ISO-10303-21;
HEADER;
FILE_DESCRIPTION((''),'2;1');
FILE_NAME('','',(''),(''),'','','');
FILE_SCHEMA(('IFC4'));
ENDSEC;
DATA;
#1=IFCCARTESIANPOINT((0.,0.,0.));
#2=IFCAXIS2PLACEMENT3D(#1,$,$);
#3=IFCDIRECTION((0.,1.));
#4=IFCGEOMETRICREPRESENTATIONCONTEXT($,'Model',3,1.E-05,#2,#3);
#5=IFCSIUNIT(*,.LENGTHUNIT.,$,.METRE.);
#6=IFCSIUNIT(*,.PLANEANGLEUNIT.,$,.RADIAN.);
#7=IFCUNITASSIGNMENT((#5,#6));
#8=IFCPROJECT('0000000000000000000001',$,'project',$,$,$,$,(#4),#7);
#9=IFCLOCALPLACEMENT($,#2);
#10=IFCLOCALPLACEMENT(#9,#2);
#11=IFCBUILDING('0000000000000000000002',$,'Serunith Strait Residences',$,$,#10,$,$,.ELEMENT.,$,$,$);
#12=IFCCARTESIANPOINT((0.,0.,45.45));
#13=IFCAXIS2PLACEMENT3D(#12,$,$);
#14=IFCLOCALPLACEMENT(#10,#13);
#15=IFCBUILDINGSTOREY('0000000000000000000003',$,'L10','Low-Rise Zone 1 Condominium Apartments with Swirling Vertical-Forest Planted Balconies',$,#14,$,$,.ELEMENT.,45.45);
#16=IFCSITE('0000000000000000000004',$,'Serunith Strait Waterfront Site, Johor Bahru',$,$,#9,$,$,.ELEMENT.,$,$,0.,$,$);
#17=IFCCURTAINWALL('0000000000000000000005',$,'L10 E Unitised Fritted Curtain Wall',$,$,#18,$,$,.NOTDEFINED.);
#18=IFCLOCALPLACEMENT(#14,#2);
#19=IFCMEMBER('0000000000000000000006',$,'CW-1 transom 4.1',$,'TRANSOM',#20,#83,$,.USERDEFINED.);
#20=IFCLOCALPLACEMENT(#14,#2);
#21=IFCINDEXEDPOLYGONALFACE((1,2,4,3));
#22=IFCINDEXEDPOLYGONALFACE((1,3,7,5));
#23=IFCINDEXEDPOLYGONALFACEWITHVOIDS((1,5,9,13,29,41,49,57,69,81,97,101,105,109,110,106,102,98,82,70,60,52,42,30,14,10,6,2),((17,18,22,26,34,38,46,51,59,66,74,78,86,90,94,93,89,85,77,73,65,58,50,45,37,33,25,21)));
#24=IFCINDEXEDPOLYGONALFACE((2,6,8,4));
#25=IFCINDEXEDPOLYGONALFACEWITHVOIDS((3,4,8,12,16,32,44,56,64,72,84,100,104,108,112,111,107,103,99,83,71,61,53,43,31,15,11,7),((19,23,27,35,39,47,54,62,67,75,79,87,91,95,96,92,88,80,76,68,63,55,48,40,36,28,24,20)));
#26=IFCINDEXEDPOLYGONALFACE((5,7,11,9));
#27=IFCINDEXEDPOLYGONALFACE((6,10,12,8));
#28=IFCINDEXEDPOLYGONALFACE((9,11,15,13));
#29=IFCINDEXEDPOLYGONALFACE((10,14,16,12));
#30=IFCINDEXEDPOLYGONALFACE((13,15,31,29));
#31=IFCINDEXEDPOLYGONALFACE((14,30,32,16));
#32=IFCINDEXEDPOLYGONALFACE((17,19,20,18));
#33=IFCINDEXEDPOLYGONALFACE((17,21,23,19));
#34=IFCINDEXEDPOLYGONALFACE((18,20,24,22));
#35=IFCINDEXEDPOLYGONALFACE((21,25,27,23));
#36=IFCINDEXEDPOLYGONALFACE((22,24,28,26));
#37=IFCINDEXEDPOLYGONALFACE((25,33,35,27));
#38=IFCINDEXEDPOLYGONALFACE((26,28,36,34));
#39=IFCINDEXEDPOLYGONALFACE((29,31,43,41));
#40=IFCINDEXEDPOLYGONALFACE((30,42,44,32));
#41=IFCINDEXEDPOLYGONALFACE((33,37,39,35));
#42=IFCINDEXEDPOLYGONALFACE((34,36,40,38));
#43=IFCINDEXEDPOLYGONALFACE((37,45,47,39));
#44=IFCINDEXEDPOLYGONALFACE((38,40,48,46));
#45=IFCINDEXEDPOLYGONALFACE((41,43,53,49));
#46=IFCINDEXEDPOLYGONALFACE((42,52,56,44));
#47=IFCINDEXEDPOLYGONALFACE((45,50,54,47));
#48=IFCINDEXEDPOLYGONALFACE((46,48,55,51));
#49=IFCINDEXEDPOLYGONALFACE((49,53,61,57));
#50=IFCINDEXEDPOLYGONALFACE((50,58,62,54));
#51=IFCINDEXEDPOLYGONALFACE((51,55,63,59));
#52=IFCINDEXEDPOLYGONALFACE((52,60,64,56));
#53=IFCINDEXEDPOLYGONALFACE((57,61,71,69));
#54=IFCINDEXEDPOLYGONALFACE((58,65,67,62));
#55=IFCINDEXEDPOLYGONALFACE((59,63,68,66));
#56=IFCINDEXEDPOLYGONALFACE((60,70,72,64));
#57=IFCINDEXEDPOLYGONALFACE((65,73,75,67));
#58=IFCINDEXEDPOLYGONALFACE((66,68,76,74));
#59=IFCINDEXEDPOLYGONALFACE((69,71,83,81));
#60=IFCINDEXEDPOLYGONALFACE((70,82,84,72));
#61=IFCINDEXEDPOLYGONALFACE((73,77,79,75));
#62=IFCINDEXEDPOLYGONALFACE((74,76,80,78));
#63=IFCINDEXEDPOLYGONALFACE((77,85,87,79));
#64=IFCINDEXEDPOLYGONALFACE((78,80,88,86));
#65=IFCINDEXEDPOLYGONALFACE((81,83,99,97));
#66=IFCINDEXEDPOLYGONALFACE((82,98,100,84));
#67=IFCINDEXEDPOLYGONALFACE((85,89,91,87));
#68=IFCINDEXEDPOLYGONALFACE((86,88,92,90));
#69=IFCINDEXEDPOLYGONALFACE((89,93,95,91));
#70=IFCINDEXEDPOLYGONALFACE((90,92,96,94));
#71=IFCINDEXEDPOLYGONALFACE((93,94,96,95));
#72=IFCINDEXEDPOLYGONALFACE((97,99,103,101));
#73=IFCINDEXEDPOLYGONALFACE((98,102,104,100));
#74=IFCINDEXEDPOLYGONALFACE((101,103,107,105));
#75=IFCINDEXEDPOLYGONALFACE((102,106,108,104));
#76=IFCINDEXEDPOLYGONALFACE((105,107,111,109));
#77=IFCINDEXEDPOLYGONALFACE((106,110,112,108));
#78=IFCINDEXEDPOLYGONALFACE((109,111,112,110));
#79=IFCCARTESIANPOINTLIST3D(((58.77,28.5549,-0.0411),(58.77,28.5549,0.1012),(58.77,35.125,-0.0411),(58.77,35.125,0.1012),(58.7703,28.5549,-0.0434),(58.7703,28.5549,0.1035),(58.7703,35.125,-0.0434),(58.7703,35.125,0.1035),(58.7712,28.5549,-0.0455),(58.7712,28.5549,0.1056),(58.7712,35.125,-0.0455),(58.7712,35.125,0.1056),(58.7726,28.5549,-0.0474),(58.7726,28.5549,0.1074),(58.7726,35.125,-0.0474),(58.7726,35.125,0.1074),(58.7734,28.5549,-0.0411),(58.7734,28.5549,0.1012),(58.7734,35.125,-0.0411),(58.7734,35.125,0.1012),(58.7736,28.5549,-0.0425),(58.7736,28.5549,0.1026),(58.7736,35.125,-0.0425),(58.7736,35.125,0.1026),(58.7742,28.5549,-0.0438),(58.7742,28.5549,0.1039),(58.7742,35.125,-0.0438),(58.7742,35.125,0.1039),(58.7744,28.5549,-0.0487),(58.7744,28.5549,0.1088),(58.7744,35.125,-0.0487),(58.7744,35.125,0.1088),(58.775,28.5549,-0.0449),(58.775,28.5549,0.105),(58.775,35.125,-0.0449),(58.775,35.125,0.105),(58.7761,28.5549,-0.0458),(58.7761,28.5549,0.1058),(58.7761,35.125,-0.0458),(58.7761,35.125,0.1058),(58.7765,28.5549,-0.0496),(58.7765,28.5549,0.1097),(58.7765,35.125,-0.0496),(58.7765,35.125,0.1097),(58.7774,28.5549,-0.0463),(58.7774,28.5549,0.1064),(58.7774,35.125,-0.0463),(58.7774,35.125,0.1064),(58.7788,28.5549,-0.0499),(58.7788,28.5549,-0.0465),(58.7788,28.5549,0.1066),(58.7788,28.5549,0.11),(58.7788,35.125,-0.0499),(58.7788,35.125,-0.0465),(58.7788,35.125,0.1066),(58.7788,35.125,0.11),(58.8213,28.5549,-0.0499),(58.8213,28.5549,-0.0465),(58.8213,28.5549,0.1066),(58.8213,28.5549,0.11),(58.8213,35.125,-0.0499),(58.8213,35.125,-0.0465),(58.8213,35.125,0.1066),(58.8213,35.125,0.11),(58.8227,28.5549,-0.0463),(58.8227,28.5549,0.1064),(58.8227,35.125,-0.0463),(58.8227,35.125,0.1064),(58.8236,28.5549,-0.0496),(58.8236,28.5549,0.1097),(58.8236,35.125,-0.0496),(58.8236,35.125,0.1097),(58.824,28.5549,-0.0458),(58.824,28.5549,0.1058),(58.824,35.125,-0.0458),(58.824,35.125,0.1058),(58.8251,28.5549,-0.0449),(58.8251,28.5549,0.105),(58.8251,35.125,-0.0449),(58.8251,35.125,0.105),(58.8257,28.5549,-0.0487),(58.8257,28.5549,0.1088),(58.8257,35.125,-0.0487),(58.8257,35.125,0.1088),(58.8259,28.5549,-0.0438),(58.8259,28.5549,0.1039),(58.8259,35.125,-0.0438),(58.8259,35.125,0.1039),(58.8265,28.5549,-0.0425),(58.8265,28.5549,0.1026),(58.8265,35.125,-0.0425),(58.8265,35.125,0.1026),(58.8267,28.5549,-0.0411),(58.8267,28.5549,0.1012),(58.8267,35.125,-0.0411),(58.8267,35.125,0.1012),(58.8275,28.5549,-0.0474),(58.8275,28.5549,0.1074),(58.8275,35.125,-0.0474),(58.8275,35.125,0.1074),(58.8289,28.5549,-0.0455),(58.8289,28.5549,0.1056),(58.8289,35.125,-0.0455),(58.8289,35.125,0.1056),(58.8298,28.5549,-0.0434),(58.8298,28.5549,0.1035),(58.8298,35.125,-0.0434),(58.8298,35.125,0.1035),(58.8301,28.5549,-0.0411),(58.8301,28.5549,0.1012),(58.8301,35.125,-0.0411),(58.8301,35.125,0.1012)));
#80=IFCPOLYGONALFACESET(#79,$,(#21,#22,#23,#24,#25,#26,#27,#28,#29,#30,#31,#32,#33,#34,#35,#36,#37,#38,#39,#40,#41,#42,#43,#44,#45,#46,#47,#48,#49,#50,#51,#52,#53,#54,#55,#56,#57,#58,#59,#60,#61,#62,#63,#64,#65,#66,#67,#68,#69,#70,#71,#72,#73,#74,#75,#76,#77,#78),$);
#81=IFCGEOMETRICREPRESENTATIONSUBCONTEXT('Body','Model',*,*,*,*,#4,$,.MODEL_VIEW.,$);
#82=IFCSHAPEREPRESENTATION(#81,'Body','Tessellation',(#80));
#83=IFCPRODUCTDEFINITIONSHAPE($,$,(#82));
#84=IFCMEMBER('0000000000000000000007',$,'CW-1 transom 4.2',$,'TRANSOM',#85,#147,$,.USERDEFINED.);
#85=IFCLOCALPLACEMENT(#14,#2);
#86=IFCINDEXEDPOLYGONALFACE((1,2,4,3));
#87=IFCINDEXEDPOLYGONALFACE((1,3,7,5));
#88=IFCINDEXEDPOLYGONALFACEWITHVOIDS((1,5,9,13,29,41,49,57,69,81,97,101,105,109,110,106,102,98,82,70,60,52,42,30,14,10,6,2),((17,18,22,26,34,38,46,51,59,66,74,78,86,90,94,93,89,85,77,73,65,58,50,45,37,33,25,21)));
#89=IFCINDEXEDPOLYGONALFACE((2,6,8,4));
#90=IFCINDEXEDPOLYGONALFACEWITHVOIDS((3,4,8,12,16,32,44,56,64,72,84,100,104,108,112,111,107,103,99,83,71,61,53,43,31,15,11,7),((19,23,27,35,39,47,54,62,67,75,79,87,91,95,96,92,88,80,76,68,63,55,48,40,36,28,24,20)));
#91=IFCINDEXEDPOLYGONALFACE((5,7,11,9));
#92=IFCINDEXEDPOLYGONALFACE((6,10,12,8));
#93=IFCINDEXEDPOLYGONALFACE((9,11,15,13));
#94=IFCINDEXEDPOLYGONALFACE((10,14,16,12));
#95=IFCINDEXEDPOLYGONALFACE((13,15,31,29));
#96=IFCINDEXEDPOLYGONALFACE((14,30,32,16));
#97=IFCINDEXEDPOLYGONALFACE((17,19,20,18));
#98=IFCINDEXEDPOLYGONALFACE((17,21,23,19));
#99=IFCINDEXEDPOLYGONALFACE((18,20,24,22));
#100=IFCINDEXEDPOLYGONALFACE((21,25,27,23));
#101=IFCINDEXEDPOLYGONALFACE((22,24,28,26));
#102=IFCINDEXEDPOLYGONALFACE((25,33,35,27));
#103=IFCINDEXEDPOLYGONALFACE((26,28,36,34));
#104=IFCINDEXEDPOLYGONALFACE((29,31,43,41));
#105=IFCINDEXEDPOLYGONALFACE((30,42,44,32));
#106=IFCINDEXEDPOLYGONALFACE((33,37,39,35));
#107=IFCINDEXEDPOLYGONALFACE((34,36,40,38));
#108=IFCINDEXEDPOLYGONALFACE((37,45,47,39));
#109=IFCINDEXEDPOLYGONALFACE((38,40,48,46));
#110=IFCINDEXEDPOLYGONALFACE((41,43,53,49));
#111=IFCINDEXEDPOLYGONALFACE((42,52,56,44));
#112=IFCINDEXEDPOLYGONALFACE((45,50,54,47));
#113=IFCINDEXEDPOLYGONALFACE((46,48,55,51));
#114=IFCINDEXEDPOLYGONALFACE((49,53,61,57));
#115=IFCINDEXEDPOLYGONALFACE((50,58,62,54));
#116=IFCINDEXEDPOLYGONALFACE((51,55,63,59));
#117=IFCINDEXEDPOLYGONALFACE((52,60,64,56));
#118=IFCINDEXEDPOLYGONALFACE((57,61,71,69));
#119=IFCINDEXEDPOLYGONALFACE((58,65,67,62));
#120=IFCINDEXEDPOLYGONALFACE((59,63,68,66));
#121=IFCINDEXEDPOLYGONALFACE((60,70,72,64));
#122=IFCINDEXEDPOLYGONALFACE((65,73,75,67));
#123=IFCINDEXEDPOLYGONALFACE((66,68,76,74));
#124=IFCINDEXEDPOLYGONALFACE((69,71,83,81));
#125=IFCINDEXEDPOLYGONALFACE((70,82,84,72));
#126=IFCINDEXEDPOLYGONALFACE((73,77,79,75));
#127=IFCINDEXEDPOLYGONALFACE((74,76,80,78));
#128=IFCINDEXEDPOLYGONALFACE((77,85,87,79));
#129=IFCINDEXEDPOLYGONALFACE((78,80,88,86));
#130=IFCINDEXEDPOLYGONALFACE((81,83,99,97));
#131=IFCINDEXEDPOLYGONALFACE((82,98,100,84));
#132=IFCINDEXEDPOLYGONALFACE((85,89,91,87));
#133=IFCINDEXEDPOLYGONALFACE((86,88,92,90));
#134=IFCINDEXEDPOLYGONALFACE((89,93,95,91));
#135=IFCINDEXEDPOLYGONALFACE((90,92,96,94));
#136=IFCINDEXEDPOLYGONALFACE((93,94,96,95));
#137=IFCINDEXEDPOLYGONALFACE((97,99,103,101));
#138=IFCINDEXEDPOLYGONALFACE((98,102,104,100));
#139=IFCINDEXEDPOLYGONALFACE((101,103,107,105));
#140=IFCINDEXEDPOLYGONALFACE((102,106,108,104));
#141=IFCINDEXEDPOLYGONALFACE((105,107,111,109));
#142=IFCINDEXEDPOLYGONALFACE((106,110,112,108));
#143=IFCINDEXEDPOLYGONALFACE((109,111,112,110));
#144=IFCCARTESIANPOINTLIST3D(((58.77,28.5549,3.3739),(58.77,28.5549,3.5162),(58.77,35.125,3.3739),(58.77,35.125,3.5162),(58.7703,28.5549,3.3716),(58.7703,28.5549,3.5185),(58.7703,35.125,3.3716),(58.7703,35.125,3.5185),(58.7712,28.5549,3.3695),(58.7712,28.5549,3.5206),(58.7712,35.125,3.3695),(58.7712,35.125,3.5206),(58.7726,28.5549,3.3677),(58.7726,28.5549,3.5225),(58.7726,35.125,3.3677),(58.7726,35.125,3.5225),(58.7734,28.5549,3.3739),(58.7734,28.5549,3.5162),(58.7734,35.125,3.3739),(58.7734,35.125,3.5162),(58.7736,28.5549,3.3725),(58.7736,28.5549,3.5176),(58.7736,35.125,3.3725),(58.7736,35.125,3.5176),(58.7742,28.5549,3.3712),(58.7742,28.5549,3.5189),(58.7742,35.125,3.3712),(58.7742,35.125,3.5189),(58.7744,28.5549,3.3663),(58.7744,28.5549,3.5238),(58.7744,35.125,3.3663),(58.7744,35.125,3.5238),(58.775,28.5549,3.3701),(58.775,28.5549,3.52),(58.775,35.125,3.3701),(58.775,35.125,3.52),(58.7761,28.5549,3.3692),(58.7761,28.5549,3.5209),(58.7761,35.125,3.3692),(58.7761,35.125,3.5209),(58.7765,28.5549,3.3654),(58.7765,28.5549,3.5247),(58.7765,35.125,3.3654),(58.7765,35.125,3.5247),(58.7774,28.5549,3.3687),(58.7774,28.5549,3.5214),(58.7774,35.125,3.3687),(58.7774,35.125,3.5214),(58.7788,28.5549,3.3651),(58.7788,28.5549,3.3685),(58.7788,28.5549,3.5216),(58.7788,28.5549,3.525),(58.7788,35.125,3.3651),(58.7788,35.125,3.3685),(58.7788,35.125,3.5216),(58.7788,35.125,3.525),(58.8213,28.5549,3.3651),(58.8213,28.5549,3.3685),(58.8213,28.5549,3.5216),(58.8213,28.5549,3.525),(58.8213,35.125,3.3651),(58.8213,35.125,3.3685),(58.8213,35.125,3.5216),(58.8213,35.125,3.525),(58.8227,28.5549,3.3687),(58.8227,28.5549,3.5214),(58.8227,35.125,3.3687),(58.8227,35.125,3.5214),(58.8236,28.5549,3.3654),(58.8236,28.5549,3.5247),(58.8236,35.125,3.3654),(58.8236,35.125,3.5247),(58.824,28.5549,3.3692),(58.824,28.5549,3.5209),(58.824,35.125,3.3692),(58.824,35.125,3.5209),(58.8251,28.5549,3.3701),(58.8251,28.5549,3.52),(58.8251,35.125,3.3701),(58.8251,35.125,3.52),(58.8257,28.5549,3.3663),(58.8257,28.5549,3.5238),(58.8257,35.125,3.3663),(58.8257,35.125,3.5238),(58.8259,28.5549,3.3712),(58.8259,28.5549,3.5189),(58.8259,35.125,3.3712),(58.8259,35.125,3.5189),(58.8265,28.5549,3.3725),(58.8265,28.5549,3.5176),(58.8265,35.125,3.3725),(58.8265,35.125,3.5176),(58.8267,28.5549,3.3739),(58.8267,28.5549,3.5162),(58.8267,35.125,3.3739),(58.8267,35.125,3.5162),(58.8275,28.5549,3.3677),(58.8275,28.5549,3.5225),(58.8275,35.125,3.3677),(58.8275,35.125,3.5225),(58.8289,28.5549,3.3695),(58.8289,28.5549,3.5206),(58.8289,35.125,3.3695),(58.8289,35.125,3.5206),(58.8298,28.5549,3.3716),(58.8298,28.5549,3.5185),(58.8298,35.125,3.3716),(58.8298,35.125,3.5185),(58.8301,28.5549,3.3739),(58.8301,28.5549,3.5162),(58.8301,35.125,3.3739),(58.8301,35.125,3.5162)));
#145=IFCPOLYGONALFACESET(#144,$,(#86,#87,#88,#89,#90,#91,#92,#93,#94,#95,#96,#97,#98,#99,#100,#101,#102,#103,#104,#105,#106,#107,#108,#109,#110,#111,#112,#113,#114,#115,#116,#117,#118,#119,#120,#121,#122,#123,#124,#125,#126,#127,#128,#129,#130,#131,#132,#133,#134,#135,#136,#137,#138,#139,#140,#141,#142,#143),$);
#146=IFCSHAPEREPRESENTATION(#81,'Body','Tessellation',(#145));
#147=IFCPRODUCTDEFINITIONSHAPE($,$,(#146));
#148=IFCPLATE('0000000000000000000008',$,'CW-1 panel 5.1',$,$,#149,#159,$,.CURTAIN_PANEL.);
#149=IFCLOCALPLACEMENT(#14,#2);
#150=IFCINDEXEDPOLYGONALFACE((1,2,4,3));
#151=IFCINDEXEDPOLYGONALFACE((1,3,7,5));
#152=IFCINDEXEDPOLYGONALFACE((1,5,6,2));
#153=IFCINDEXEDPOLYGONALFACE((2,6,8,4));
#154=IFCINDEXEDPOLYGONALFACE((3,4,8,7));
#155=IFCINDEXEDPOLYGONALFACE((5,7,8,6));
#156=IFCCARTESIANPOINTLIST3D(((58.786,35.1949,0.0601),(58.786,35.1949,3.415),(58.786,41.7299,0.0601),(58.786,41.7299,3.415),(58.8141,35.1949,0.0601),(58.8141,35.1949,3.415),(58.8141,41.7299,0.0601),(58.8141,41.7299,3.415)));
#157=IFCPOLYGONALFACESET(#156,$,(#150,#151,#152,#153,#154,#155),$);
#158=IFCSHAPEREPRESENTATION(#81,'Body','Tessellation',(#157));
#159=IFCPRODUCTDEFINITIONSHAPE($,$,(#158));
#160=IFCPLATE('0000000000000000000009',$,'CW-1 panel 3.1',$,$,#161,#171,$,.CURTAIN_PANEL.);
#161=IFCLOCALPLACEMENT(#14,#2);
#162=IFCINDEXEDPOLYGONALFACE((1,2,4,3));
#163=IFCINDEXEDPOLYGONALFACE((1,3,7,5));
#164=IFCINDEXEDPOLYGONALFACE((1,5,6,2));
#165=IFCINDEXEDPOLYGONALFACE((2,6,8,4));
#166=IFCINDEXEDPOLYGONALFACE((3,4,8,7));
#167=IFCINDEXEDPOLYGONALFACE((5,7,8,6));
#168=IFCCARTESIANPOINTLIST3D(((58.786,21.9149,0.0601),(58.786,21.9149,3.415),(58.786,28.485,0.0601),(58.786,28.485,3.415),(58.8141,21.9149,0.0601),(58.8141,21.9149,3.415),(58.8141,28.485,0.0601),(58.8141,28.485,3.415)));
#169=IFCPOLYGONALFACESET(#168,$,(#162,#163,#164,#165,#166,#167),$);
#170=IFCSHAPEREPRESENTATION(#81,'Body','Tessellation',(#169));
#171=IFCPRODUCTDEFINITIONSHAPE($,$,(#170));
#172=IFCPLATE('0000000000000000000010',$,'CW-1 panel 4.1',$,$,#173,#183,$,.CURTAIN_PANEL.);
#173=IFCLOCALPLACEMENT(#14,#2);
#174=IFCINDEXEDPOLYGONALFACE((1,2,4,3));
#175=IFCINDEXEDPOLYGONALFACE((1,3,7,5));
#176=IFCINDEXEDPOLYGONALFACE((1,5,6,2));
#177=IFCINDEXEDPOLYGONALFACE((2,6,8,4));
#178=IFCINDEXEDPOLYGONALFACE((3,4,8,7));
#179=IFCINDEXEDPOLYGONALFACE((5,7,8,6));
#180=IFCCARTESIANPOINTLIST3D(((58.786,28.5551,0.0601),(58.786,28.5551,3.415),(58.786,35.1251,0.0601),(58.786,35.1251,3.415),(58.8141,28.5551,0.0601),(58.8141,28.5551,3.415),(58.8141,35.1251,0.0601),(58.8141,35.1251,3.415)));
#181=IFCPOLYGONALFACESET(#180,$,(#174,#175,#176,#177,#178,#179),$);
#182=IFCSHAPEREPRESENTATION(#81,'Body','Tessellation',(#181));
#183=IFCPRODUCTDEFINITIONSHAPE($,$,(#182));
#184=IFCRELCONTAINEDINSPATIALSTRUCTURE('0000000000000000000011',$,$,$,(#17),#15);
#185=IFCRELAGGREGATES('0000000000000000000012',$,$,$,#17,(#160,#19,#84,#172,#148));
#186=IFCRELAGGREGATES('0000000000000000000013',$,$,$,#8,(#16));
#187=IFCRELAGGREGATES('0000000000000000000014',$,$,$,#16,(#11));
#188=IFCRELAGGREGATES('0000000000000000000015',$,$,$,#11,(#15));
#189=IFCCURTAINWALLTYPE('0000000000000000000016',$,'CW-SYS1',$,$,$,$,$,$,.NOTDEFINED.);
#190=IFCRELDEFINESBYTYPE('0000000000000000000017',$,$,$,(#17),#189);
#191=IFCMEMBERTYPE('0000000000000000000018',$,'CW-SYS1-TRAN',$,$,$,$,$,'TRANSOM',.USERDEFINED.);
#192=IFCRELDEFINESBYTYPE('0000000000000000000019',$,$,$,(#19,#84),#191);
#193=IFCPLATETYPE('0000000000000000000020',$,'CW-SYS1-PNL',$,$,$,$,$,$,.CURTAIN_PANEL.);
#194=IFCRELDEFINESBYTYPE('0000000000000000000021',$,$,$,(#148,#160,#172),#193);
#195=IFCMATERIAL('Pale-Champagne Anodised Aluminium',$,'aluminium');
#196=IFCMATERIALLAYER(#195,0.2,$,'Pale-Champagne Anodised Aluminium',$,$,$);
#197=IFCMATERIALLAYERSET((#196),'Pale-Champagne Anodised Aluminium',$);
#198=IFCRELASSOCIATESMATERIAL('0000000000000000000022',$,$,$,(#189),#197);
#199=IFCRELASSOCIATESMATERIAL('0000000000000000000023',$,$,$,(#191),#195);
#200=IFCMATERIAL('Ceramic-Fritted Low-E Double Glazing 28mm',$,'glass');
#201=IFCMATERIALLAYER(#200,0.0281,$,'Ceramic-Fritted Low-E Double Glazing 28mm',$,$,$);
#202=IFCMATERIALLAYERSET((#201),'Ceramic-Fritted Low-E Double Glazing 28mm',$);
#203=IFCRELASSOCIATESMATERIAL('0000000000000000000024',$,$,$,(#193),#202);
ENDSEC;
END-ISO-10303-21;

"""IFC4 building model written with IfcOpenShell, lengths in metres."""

from ifc_helpers import new_model, si_unit, direction, frame, origin, origin_2d, place, context, subcontext, project, spatial, rectangle, hollow_rectangle, extrude, source, transform, mapped, material, layer, layer_set, material_profile, profile_set, type_object, element, aggregate, save


model = new_model("IFC4")

# Units and contexts
model_context = context("Model", 3, precision=1e-05, world=origin(), true_north=direction((0.0, 1.0)))
body_context = subcontext(model_context, "Body", "Model", "MODEL_VIEW")
ifc_project = project(units=[si_unit("LENGTHUNIT", "METRE"), si_unit("PLANEANGLEUNIT", "RADIAN")], contexts=[model_context])

# Site, building, storey
site_placement = place(None, origin())
site = spatial("IfcSite", under=ifc_project, at=site_placement, Name="Serunith Strait Waterfront Site, Johor Bahru", CompositionType="ELEMENT", RefElevation=0.0)
building_placement = place(site_placement, origin())
building = spatial("IfcBuilding", under=site, at=building_placement, Name="Serunith Strait Residences", CompositionType="ELEMENT")
storey_placement = place(building_placement, frame((0.0, 0.0, 45.45)))
storey = spatial("IfcBuildingStorey", under=building, at=storey_placement, Name="L10", Description="Low-Rise Zone 1 Condominium Apartments with Swirling Vertical-Forest Planted Balconies", CompositionType="ELEMENT", Elevation=45.45)

# Curtain wall, members, plates
ifc_material_1 = material(Name="Pale-Champagne Anodised Aluminium", Category="aluminium")
ifc_layer_1 = layer(ifc_material_1, 0.2, Name="Pale-Champagne Anodised Aluminium")
ifc_layer_set_1 = layer_set([ifc_layer_1], Name="Pale-Champagne Anodised Aluminium")
curtain_wall_type = type_object("IfcCurtainWallType", Name="CW-SYS1", PredefinedType="NOTDEFINED", material=ifc_layer_set_1)
curtain_wall_placement = place(storey_placement, origin())
curtain_wall = element("IfcCurtainWall", 1, at=curtain_wall_placement, inside=storey, type_object=curtain_wall_type, Name="L10 E Unitised Fritted Curtain Wall", PredefinedType="NOTDEFINED")
ifc_material_profile_1 = material_profile(ifc_material_1, hollow_rectangle(XDim=0.0601, YDim=0.1599, WallThickness=0.0034, InnerFilletRadius=0.0054, OuterFilletRadius=0.0088, at=origin_2d()), Name="ALU 160x60x3.5")
ifc_profile_set_1 = profile_set([ifc_material_profile_1], Name="Pale-Champagne Anodised Aluminium")
member_type_1 = type_object("IfcMemberType", Name="CW-SYS1-TRAN", ElementType="TRANSOM", PredefinedType="USERDEFINED", material=ifc_profile_set_1)
shared_shape_1 = source(origin(), body_context, "Body", "SweptSolid", [
    extrude(hollow_rectangle(XDim=0.0601, YDim=0.1599, WallThickness=0.0034, InnerFilletRadius=0.0054, OuterFilletRadius=0.0088, at=origin_2d()), origin(), (0.0, 0.0, 1.0), 6.5701),
])
member_1_placement = place(storey_placement, frame((58.8, 28.5549, 0.03), z_axis=(0.0, 1.0, 0.0), x_axis=(-1.0, 0.0, 0.0)))
member_1 = element("IfcMember", 2, at=member_1_placement, type_object=member_type_1, Name="CW-1 transom 4.1", ObjectType="TRANSOM", PredefinedType="USERDEFINED", context=body_context, shape_type="MappedRepresentation", body=[
    mapped(shared_shape_1, transform((0.0, 0.0, 0.0), scale=1.0)),
])
member_2_placement = place(storey_placement, frame((58.8, 28.5549, 3.4451), z_axis=(0.0, 1.0, 0.0), x_axis=(-1.0, 0.0, 0.0)))
member_2 = element("IfcMember", 3, at=member_2_placement, type_object=member_type_1, Name="CW-1 transom 4.2", ObjectType="TRANSOM", PredefinedType="USERDEFINED", context=body_context, shape_type="MappedRepresentation", body=[
    mapped(shared_shape_1, transform((0.0, 0.0, 0.0), scale=1.0)),
])
ifc_material_2 = material(Name="Ceramic-Fritted Low-E Double Glazing 28mm", Category="glass")
ifc_layer_2 = layer(ifc_material_2, 0.0281, Name="Ceramic-Fritted Low-E Double Glazing 28mm")
ifc_layer_set_2 = layer_set([ifc_layer_2], Name="Ceramic-Fritted Low-E Double Glazing 28mm")
plate_type = type_object("IfcPlateType", Name="CW-SYS1-PNL", PredefinedType="CURTAIN_PANEL", material=ifc_layer_set_2)
shared_shape_2 = source(origin(), body_context, "Body", "SweptSolid", [
    extrude(rectangle(XDim=6.5349, YDim=0.0281, at=origin_2d()), origin(), (0.0, 0.0, 1.0), 3.355),
])
plate_1_placement = place(storey_placement, frame((58.8, 38.4624, 0.0601), z_axis=(0.0, 0.0, 1.0), x_axis=(0.0, 1.0, 0.0)))
plate_1 = element("IfcPlate", 4, at=plate_1_placement, type_object=plate_type, Name="CW-1 panel 5.1", PredefinedType="CURTAIN_PANEL", context=body_context, shape_type="MappedRepresentation", body=[
    mapped(shared_shape_2, transform((0.0, 0.0, 0.0), scale=1.0)),
])
shared_shape_3 = source(origin(), body_context, "Body", "SweptSolid", [
    extrude(rectangle(XDim=6.5701, YDim=0.0281, at=origin_2d()), origin(), (0.0, 0.0, 1.0), 3.355),
])
plate_2_placement = place(storey_placement, frame((58.8, 25.2, 0.0601), z_axis=(0.0, 0.0, 1.0), x_axis=(0.0, 1.0, 0.0)))
plate_2 = element("IfcPlate", 5, at=plate_2_placement, type_object=plate_type, Name="CW-1 panel 3.1", PredefinedType="CURTAIN_PANEL", context=body_context, shape_type="MappedRepresentation", body=[
    mapped(shared_shape_3, transform((0.0, 0.0, 0.0), scale=1.0)),
])
plate_3_placement = place(storey_placement, frame((58.8, 31.8401, 0.0601), z_axis=(0.0, 0.0, 1.0), x_axis=(0.0, 1.0, 0.0)))
plate_3 = element("IfcPlate", 6, at=plate_3_placement, type_object=plate_type, Name="CW-1 panel 4.1", PredefinedType="CURTAIN_PANEL", context=body_context, shape_type="MappedRepresentation", body=[
    mapped(shared_shape_3, transform((0.0, 0.0, 0.0), scale=1.0)),
])
aggregate(curtain_wall, [plate_2, member_1, member_2, plate_3, plate_1])

save(model, "model.ifc")
